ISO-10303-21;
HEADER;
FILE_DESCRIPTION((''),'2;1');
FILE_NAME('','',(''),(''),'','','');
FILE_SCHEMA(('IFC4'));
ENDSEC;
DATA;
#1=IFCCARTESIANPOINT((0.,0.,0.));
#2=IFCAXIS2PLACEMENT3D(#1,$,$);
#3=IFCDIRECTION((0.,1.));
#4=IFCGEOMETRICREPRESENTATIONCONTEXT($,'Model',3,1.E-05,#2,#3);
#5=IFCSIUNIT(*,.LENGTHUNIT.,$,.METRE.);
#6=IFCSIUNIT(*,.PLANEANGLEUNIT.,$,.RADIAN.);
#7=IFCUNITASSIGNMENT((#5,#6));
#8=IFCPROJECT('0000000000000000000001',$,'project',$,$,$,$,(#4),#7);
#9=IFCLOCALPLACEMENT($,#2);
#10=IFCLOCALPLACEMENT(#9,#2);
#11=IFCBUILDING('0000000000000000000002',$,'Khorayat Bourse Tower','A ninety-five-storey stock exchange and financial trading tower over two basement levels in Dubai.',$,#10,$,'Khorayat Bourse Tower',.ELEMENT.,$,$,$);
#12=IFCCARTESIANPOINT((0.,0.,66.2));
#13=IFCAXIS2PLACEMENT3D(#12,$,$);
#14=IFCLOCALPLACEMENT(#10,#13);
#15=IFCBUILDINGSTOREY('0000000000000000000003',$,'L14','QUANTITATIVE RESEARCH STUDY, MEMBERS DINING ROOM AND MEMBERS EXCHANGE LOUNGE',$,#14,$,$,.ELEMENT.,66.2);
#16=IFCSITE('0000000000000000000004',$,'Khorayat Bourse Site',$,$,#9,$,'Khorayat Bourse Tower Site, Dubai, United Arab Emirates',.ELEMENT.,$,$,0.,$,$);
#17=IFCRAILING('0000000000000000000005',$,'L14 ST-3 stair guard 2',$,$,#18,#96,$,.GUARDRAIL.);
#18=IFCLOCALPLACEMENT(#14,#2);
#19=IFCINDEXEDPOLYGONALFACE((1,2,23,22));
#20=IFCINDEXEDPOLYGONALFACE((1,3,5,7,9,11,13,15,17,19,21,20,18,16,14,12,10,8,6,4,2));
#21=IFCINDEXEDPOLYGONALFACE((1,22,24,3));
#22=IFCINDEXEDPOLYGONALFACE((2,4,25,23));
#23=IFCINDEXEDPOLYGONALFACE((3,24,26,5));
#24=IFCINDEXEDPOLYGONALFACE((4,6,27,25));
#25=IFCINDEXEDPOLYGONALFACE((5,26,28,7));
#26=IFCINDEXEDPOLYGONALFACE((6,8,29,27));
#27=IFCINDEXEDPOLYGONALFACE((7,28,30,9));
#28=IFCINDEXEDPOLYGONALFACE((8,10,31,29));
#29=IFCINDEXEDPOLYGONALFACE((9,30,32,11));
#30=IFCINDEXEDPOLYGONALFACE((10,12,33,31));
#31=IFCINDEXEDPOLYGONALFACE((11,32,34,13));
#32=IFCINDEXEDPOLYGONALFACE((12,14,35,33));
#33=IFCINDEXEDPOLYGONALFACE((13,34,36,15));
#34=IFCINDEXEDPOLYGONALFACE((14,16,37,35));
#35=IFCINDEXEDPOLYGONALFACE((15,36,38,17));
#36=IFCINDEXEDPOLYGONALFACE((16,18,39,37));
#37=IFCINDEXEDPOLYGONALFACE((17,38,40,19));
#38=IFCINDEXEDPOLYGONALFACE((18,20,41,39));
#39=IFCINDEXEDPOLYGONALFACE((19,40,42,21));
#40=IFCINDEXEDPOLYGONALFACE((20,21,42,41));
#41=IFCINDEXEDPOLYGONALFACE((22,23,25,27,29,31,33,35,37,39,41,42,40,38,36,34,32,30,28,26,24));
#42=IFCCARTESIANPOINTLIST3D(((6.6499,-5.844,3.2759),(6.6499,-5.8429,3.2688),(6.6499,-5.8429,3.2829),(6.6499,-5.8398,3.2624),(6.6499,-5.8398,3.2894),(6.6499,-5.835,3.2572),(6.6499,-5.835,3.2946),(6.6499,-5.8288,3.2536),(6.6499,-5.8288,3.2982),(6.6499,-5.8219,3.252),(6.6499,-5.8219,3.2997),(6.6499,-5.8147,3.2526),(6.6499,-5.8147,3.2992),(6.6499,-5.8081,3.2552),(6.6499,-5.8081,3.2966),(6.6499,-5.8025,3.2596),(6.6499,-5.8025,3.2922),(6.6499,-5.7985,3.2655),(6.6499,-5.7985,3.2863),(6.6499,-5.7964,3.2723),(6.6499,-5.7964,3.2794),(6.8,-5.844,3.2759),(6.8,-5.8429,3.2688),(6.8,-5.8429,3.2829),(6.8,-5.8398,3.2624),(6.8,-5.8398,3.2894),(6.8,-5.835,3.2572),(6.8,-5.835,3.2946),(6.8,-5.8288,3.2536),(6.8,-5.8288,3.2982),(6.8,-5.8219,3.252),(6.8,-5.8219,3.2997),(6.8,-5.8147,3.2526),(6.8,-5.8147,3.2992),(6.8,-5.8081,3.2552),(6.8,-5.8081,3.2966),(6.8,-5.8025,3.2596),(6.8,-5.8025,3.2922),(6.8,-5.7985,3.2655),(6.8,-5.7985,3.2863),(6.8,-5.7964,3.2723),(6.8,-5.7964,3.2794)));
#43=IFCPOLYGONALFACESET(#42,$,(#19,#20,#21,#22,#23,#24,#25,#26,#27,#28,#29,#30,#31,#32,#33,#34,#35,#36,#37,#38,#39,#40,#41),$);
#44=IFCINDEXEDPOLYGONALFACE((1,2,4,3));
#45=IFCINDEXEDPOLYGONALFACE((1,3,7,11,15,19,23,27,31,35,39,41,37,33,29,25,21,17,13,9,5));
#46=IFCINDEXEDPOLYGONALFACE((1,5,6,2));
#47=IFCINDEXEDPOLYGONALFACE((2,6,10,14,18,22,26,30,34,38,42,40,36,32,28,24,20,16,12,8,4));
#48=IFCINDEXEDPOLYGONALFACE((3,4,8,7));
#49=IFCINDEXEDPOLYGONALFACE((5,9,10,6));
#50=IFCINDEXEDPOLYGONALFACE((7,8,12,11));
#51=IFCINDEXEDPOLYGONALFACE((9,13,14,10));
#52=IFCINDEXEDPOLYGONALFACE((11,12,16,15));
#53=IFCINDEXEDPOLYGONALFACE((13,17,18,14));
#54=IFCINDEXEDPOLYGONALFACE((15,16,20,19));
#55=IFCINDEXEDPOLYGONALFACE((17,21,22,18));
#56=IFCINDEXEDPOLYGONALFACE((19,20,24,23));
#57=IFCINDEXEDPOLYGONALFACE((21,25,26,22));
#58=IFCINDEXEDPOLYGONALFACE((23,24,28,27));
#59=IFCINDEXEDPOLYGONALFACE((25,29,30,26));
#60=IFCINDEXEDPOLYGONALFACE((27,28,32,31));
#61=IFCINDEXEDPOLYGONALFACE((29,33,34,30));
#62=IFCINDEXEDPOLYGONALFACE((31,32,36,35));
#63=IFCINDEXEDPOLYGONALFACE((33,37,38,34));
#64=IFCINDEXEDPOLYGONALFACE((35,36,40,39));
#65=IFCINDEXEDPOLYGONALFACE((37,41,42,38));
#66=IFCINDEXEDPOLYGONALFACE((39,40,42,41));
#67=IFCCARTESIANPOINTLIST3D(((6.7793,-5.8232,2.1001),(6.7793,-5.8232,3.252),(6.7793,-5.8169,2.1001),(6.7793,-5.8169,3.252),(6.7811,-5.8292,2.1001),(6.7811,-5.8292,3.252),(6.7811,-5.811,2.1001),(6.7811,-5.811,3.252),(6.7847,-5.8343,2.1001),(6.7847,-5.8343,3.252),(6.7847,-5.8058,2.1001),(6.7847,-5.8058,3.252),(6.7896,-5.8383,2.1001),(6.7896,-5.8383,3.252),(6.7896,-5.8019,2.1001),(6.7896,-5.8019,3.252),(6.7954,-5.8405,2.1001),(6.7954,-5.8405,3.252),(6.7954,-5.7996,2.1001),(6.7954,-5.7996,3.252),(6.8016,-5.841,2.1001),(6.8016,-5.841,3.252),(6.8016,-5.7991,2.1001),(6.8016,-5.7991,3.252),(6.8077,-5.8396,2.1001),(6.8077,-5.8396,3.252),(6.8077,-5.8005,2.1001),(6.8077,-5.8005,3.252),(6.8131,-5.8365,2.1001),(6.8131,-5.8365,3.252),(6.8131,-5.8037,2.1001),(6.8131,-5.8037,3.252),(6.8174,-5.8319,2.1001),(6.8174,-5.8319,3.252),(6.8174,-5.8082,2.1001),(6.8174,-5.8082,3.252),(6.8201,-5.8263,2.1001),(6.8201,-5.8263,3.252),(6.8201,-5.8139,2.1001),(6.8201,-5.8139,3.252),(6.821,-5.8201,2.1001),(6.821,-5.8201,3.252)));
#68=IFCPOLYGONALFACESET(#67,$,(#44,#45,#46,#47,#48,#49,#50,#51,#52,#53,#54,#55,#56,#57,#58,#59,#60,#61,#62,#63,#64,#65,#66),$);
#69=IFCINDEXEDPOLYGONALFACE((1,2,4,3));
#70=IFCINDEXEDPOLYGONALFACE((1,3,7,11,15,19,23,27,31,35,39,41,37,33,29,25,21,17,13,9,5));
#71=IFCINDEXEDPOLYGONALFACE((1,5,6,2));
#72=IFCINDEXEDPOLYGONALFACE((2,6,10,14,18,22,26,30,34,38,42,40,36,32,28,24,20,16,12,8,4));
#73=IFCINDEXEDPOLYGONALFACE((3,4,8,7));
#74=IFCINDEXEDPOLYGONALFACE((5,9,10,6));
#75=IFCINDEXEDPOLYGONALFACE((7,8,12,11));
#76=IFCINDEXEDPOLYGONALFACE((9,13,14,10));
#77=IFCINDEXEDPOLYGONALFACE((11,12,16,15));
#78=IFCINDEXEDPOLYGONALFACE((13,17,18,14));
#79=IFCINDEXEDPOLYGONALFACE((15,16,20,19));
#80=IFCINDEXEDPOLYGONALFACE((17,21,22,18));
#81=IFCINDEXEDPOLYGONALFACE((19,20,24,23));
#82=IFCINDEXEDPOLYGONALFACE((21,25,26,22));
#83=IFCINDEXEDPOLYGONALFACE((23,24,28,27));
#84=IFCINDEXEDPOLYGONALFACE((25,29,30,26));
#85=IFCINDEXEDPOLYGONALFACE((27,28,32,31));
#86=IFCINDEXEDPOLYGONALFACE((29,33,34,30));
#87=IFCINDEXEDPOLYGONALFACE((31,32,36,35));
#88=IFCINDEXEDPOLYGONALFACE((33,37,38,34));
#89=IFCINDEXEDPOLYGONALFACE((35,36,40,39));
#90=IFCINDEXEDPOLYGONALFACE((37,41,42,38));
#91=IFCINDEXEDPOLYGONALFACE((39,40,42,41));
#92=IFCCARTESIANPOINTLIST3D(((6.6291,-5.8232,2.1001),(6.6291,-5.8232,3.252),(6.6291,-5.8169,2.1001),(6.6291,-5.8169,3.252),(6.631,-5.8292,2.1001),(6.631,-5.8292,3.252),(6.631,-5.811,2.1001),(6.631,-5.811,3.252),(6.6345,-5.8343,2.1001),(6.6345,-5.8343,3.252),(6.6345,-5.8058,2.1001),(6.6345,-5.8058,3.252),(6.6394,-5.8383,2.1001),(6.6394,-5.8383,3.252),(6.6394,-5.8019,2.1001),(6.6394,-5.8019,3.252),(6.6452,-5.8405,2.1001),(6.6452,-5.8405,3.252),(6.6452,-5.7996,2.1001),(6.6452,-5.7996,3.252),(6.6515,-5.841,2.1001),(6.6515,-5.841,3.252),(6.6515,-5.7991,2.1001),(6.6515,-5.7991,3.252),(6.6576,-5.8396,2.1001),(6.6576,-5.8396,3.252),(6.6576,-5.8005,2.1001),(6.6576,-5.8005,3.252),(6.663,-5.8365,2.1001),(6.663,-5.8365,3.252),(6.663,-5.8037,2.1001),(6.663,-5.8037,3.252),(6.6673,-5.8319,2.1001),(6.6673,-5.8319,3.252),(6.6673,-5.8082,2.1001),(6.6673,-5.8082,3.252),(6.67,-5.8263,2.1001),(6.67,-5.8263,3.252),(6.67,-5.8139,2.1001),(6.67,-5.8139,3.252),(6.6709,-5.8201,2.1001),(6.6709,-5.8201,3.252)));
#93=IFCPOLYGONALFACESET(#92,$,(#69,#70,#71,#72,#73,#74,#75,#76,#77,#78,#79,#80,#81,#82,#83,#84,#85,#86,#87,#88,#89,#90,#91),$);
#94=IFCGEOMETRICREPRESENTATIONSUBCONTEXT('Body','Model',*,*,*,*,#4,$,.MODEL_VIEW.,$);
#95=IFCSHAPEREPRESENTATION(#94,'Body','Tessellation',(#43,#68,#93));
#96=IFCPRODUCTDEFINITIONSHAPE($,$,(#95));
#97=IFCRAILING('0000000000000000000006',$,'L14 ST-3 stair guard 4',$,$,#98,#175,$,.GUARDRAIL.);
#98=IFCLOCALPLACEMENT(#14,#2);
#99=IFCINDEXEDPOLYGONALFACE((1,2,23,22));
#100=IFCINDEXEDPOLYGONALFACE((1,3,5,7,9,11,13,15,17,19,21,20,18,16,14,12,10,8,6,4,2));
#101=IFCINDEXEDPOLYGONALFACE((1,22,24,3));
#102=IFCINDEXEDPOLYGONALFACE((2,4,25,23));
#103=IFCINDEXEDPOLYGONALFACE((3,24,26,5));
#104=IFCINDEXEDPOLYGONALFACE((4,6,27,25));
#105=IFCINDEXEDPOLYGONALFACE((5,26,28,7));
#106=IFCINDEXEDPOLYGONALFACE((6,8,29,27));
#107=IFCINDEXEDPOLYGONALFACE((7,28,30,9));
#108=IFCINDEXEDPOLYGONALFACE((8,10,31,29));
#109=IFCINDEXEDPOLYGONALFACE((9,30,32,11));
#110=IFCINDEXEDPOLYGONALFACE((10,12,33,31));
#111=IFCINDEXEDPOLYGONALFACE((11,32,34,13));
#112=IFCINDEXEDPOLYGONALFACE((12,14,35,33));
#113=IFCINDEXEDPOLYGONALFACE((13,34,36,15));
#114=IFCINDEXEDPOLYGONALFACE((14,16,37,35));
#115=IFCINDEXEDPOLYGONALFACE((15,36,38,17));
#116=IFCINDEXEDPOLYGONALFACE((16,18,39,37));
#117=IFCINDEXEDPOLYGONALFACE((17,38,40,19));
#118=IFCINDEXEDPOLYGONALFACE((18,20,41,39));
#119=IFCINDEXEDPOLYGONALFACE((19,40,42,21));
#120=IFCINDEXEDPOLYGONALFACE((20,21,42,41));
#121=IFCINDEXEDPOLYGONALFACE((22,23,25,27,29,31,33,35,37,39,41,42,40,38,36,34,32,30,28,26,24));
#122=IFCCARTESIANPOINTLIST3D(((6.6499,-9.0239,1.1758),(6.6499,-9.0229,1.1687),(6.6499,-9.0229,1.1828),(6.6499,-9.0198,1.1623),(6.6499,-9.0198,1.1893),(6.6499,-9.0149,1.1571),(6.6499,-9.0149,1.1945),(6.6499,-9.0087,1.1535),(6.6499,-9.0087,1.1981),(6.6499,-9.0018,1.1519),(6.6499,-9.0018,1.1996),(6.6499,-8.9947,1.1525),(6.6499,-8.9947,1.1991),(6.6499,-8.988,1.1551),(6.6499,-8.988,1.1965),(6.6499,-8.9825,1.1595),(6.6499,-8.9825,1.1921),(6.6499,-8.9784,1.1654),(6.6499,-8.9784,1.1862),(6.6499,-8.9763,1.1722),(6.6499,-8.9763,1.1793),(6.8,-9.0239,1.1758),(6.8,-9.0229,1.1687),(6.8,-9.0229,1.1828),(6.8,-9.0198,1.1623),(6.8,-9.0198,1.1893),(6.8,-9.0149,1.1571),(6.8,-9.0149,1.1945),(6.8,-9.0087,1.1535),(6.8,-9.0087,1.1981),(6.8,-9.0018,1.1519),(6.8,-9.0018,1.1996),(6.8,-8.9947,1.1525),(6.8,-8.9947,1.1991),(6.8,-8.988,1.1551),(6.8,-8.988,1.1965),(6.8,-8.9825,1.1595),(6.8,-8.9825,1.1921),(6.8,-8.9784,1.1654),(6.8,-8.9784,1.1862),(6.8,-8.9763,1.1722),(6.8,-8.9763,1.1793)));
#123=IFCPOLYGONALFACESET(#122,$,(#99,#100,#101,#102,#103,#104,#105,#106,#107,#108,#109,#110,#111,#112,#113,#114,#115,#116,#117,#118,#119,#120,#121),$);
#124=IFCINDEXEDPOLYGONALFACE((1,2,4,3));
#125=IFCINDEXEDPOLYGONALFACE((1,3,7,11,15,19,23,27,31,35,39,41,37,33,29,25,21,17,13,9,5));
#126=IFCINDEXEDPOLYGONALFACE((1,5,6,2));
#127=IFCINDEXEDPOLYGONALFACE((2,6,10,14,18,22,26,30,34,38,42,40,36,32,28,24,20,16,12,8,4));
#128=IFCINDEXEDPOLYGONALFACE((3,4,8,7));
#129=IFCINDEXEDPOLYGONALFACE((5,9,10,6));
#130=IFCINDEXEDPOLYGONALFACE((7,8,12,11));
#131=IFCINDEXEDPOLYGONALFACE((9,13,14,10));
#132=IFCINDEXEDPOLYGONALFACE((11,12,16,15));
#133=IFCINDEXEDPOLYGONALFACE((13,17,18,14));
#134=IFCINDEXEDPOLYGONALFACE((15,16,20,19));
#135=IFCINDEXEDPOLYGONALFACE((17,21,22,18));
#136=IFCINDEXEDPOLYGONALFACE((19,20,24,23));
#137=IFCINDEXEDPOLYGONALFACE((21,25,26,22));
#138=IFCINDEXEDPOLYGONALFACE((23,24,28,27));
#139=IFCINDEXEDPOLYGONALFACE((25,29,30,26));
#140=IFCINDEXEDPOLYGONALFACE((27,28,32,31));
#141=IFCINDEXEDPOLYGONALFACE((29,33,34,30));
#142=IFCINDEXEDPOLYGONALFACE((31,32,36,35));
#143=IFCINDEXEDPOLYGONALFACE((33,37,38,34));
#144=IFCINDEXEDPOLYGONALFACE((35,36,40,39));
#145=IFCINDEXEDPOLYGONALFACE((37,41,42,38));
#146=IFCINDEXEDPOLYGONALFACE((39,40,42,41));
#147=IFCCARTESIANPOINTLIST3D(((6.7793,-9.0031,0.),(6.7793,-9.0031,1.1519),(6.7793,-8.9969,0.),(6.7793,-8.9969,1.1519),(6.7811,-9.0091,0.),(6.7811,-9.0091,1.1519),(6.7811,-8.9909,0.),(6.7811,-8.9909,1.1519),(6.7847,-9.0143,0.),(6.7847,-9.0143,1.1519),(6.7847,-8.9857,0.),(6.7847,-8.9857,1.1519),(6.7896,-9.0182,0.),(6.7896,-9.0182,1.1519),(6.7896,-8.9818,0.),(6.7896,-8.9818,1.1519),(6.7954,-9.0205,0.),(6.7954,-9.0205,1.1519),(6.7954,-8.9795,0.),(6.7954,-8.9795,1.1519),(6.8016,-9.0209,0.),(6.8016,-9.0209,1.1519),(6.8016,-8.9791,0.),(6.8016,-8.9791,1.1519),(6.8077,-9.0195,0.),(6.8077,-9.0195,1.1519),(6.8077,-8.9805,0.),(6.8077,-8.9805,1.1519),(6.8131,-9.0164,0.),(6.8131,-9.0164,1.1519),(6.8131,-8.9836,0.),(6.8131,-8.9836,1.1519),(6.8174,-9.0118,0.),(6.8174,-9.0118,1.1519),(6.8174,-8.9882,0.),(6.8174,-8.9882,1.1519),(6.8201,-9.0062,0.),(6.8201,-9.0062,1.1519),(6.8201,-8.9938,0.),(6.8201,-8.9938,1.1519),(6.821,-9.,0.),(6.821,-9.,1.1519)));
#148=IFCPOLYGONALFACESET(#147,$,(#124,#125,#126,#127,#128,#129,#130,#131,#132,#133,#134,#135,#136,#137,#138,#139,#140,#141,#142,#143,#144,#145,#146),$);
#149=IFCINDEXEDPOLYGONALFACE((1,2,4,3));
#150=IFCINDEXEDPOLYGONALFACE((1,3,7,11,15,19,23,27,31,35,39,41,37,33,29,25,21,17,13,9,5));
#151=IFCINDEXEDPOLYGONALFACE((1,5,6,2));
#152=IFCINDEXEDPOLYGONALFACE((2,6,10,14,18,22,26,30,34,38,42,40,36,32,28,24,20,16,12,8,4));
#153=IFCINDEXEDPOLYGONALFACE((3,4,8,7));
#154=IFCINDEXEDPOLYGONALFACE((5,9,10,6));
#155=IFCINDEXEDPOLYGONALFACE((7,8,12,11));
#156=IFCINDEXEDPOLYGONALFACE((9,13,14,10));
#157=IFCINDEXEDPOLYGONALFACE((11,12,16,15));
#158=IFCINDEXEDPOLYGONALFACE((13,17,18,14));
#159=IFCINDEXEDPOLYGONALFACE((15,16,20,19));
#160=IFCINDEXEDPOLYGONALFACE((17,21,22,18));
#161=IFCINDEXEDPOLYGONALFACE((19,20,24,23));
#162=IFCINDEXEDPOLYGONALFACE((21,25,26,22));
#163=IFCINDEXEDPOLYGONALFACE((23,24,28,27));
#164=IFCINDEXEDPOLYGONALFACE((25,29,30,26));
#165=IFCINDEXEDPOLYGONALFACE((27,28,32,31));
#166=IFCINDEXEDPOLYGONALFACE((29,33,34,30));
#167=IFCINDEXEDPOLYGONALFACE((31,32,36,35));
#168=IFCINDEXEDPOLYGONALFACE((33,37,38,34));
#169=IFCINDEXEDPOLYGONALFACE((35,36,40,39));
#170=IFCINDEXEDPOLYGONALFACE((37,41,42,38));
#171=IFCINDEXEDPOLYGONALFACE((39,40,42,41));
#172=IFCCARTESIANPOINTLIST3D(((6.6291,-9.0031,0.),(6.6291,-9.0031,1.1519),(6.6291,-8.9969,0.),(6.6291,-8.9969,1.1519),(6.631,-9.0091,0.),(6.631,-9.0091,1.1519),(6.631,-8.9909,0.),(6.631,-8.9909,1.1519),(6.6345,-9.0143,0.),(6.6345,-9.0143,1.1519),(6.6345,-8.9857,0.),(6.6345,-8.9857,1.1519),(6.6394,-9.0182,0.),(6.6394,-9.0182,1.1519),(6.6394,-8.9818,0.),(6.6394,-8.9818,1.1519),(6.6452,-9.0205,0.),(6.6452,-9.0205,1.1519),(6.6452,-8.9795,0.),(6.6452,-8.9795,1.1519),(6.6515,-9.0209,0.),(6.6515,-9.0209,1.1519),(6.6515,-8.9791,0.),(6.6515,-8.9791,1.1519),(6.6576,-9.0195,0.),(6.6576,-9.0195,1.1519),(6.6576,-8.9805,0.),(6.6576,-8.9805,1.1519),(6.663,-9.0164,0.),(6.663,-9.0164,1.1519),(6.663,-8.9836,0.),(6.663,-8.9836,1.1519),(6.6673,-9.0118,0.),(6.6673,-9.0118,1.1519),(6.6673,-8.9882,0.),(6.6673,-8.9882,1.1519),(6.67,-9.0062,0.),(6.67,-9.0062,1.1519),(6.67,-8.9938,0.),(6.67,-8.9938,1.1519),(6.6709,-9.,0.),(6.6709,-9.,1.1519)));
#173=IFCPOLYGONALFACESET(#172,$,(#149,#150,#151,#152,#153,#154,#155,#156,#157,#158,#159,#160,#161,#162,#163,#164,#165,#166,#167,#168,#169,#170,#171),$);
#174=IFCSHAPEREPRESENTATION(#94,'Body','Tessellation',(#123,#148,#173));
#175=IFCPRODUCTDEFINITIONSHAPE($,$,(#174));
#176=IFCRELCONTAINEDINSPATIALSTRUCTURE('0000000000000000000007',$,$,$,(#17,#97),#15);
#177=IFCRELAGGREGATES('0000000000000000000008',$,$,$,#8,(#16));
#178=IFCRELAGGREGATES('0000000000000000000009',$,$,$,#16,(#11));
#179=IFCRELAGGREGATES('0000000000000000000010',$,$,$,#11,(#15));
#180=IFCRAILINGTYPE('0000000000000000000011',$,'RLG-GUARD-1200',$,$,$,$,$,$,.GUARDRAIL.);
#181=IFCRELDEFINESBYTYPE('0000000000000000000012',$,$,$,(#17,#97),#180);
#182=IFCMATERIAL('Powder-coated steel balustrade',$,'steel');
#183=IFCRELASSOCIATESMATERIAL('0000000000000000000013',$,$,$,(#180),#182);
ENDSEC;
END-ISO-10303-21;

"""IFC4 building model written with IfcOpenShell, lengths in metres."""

from ifc_helpers import new_model, si_unit, direction, frame, origin, origin_2d, place, context, subcontext, project, spatial, circle, extrude, source, transform, mapped, material, type_object, element, save


model = new_model("IFC4")

# Units and contexts
model_context = context("Model", 3, precision=1e-05, world=origin(), true_north=direction((0.0, 1.0)))
body_context = subcontext(model_context, "Body", "Model", "MODEL_VIEW")
ifc_project = project(units=[si_unit("LENGTHUNIT", "METRE"), si_unit("PLANEANGLEUNIT", "RADIAN")], contexts=[model_context])

# Site, building, storey
site_placement = place(None, origin())
site = spatial("IfcSite", under=ifc_project, at=site_placement, Name="Khorayat Bourse Site", LongName="Khorayat Bourse Tower Site, Dubai, United Arab Emirates", CompositionType="ELEMENT", RefElevation=0.0)
building_placement = place(site_placement, origin())
building = spatial("IfcBuilding", under=site, at=building_placement, Name="Khorayat Bourse Tower", Description="A ninety-five-storey stock exchange and financial trading tower over two basement levels in Dubai.", LongName="Khorayat Bourse Tower", CompositionType="ELEMENT")
storey_placement = place(building_placement, frame((0.0, 0.0, 66.2)))
storey = spatial("IfcBuildingStorey", under=building, at=storey_placement, Name="L14", Description="QUANTITATIVE RESEARCH STUDY, MEMBERS DINING ROOM AND MEMBERS EXCHANGE LOUNGE", CompositionType="ELEMENT", Elevation=66.2)

# Railings
ifc_material_1 = material(Name="Powder-coated steel balustrade", Category="steel")
railing_type_1 = type_object("IfcRailingType", Name="RLG-GUARD-1200", PredefinedType="GUARDRAIL", material=ifc_material_1)
shared_shape_1 = source(origin(), body_context, "Body", "SweptSolid", [
    extrude(circle(Radius=0.0239, at=origin_2d()), frame((0.0, 0.0, 1.1758), z_axis=(-1.0, 0.0, 0.0), x_axis=(0.0, -1.0, 0.0)), (0.0, 0.0, 1.0), 0.1501),
    extrude(circle(Radius=0.021, at=origin_2d()), origin(), (0.0, 0.0, 1.0), 1.1519),
    extrude(circle(Radius=0.021, at=origin_2d()), frame((-0.1501, 0.0, 0.0)), (0.0, 0.0, 1.0), 1.1519),
])
for number, where, name in (
    (1, (6.8, -5.8201, 2.1001), "L14 ST-3 stair guard 2"),
    (2, (6.8, -9.0, 0.0), "L14 ST-3 stair guard 4"),
):
    element("IfcRailing", number, at=place(storey_placement, frame(where)), inside=storey, type_object=railing_type_1, Name=name, PredefinedType="GUARDRAIL", context=body_context, shape_type="MappedRepresentation", body=[
        mapped(shared_shape_1, transform((0.0, 0.0, 0.0), scale=1.0)),
    ])

save(model, "model.ifc")
